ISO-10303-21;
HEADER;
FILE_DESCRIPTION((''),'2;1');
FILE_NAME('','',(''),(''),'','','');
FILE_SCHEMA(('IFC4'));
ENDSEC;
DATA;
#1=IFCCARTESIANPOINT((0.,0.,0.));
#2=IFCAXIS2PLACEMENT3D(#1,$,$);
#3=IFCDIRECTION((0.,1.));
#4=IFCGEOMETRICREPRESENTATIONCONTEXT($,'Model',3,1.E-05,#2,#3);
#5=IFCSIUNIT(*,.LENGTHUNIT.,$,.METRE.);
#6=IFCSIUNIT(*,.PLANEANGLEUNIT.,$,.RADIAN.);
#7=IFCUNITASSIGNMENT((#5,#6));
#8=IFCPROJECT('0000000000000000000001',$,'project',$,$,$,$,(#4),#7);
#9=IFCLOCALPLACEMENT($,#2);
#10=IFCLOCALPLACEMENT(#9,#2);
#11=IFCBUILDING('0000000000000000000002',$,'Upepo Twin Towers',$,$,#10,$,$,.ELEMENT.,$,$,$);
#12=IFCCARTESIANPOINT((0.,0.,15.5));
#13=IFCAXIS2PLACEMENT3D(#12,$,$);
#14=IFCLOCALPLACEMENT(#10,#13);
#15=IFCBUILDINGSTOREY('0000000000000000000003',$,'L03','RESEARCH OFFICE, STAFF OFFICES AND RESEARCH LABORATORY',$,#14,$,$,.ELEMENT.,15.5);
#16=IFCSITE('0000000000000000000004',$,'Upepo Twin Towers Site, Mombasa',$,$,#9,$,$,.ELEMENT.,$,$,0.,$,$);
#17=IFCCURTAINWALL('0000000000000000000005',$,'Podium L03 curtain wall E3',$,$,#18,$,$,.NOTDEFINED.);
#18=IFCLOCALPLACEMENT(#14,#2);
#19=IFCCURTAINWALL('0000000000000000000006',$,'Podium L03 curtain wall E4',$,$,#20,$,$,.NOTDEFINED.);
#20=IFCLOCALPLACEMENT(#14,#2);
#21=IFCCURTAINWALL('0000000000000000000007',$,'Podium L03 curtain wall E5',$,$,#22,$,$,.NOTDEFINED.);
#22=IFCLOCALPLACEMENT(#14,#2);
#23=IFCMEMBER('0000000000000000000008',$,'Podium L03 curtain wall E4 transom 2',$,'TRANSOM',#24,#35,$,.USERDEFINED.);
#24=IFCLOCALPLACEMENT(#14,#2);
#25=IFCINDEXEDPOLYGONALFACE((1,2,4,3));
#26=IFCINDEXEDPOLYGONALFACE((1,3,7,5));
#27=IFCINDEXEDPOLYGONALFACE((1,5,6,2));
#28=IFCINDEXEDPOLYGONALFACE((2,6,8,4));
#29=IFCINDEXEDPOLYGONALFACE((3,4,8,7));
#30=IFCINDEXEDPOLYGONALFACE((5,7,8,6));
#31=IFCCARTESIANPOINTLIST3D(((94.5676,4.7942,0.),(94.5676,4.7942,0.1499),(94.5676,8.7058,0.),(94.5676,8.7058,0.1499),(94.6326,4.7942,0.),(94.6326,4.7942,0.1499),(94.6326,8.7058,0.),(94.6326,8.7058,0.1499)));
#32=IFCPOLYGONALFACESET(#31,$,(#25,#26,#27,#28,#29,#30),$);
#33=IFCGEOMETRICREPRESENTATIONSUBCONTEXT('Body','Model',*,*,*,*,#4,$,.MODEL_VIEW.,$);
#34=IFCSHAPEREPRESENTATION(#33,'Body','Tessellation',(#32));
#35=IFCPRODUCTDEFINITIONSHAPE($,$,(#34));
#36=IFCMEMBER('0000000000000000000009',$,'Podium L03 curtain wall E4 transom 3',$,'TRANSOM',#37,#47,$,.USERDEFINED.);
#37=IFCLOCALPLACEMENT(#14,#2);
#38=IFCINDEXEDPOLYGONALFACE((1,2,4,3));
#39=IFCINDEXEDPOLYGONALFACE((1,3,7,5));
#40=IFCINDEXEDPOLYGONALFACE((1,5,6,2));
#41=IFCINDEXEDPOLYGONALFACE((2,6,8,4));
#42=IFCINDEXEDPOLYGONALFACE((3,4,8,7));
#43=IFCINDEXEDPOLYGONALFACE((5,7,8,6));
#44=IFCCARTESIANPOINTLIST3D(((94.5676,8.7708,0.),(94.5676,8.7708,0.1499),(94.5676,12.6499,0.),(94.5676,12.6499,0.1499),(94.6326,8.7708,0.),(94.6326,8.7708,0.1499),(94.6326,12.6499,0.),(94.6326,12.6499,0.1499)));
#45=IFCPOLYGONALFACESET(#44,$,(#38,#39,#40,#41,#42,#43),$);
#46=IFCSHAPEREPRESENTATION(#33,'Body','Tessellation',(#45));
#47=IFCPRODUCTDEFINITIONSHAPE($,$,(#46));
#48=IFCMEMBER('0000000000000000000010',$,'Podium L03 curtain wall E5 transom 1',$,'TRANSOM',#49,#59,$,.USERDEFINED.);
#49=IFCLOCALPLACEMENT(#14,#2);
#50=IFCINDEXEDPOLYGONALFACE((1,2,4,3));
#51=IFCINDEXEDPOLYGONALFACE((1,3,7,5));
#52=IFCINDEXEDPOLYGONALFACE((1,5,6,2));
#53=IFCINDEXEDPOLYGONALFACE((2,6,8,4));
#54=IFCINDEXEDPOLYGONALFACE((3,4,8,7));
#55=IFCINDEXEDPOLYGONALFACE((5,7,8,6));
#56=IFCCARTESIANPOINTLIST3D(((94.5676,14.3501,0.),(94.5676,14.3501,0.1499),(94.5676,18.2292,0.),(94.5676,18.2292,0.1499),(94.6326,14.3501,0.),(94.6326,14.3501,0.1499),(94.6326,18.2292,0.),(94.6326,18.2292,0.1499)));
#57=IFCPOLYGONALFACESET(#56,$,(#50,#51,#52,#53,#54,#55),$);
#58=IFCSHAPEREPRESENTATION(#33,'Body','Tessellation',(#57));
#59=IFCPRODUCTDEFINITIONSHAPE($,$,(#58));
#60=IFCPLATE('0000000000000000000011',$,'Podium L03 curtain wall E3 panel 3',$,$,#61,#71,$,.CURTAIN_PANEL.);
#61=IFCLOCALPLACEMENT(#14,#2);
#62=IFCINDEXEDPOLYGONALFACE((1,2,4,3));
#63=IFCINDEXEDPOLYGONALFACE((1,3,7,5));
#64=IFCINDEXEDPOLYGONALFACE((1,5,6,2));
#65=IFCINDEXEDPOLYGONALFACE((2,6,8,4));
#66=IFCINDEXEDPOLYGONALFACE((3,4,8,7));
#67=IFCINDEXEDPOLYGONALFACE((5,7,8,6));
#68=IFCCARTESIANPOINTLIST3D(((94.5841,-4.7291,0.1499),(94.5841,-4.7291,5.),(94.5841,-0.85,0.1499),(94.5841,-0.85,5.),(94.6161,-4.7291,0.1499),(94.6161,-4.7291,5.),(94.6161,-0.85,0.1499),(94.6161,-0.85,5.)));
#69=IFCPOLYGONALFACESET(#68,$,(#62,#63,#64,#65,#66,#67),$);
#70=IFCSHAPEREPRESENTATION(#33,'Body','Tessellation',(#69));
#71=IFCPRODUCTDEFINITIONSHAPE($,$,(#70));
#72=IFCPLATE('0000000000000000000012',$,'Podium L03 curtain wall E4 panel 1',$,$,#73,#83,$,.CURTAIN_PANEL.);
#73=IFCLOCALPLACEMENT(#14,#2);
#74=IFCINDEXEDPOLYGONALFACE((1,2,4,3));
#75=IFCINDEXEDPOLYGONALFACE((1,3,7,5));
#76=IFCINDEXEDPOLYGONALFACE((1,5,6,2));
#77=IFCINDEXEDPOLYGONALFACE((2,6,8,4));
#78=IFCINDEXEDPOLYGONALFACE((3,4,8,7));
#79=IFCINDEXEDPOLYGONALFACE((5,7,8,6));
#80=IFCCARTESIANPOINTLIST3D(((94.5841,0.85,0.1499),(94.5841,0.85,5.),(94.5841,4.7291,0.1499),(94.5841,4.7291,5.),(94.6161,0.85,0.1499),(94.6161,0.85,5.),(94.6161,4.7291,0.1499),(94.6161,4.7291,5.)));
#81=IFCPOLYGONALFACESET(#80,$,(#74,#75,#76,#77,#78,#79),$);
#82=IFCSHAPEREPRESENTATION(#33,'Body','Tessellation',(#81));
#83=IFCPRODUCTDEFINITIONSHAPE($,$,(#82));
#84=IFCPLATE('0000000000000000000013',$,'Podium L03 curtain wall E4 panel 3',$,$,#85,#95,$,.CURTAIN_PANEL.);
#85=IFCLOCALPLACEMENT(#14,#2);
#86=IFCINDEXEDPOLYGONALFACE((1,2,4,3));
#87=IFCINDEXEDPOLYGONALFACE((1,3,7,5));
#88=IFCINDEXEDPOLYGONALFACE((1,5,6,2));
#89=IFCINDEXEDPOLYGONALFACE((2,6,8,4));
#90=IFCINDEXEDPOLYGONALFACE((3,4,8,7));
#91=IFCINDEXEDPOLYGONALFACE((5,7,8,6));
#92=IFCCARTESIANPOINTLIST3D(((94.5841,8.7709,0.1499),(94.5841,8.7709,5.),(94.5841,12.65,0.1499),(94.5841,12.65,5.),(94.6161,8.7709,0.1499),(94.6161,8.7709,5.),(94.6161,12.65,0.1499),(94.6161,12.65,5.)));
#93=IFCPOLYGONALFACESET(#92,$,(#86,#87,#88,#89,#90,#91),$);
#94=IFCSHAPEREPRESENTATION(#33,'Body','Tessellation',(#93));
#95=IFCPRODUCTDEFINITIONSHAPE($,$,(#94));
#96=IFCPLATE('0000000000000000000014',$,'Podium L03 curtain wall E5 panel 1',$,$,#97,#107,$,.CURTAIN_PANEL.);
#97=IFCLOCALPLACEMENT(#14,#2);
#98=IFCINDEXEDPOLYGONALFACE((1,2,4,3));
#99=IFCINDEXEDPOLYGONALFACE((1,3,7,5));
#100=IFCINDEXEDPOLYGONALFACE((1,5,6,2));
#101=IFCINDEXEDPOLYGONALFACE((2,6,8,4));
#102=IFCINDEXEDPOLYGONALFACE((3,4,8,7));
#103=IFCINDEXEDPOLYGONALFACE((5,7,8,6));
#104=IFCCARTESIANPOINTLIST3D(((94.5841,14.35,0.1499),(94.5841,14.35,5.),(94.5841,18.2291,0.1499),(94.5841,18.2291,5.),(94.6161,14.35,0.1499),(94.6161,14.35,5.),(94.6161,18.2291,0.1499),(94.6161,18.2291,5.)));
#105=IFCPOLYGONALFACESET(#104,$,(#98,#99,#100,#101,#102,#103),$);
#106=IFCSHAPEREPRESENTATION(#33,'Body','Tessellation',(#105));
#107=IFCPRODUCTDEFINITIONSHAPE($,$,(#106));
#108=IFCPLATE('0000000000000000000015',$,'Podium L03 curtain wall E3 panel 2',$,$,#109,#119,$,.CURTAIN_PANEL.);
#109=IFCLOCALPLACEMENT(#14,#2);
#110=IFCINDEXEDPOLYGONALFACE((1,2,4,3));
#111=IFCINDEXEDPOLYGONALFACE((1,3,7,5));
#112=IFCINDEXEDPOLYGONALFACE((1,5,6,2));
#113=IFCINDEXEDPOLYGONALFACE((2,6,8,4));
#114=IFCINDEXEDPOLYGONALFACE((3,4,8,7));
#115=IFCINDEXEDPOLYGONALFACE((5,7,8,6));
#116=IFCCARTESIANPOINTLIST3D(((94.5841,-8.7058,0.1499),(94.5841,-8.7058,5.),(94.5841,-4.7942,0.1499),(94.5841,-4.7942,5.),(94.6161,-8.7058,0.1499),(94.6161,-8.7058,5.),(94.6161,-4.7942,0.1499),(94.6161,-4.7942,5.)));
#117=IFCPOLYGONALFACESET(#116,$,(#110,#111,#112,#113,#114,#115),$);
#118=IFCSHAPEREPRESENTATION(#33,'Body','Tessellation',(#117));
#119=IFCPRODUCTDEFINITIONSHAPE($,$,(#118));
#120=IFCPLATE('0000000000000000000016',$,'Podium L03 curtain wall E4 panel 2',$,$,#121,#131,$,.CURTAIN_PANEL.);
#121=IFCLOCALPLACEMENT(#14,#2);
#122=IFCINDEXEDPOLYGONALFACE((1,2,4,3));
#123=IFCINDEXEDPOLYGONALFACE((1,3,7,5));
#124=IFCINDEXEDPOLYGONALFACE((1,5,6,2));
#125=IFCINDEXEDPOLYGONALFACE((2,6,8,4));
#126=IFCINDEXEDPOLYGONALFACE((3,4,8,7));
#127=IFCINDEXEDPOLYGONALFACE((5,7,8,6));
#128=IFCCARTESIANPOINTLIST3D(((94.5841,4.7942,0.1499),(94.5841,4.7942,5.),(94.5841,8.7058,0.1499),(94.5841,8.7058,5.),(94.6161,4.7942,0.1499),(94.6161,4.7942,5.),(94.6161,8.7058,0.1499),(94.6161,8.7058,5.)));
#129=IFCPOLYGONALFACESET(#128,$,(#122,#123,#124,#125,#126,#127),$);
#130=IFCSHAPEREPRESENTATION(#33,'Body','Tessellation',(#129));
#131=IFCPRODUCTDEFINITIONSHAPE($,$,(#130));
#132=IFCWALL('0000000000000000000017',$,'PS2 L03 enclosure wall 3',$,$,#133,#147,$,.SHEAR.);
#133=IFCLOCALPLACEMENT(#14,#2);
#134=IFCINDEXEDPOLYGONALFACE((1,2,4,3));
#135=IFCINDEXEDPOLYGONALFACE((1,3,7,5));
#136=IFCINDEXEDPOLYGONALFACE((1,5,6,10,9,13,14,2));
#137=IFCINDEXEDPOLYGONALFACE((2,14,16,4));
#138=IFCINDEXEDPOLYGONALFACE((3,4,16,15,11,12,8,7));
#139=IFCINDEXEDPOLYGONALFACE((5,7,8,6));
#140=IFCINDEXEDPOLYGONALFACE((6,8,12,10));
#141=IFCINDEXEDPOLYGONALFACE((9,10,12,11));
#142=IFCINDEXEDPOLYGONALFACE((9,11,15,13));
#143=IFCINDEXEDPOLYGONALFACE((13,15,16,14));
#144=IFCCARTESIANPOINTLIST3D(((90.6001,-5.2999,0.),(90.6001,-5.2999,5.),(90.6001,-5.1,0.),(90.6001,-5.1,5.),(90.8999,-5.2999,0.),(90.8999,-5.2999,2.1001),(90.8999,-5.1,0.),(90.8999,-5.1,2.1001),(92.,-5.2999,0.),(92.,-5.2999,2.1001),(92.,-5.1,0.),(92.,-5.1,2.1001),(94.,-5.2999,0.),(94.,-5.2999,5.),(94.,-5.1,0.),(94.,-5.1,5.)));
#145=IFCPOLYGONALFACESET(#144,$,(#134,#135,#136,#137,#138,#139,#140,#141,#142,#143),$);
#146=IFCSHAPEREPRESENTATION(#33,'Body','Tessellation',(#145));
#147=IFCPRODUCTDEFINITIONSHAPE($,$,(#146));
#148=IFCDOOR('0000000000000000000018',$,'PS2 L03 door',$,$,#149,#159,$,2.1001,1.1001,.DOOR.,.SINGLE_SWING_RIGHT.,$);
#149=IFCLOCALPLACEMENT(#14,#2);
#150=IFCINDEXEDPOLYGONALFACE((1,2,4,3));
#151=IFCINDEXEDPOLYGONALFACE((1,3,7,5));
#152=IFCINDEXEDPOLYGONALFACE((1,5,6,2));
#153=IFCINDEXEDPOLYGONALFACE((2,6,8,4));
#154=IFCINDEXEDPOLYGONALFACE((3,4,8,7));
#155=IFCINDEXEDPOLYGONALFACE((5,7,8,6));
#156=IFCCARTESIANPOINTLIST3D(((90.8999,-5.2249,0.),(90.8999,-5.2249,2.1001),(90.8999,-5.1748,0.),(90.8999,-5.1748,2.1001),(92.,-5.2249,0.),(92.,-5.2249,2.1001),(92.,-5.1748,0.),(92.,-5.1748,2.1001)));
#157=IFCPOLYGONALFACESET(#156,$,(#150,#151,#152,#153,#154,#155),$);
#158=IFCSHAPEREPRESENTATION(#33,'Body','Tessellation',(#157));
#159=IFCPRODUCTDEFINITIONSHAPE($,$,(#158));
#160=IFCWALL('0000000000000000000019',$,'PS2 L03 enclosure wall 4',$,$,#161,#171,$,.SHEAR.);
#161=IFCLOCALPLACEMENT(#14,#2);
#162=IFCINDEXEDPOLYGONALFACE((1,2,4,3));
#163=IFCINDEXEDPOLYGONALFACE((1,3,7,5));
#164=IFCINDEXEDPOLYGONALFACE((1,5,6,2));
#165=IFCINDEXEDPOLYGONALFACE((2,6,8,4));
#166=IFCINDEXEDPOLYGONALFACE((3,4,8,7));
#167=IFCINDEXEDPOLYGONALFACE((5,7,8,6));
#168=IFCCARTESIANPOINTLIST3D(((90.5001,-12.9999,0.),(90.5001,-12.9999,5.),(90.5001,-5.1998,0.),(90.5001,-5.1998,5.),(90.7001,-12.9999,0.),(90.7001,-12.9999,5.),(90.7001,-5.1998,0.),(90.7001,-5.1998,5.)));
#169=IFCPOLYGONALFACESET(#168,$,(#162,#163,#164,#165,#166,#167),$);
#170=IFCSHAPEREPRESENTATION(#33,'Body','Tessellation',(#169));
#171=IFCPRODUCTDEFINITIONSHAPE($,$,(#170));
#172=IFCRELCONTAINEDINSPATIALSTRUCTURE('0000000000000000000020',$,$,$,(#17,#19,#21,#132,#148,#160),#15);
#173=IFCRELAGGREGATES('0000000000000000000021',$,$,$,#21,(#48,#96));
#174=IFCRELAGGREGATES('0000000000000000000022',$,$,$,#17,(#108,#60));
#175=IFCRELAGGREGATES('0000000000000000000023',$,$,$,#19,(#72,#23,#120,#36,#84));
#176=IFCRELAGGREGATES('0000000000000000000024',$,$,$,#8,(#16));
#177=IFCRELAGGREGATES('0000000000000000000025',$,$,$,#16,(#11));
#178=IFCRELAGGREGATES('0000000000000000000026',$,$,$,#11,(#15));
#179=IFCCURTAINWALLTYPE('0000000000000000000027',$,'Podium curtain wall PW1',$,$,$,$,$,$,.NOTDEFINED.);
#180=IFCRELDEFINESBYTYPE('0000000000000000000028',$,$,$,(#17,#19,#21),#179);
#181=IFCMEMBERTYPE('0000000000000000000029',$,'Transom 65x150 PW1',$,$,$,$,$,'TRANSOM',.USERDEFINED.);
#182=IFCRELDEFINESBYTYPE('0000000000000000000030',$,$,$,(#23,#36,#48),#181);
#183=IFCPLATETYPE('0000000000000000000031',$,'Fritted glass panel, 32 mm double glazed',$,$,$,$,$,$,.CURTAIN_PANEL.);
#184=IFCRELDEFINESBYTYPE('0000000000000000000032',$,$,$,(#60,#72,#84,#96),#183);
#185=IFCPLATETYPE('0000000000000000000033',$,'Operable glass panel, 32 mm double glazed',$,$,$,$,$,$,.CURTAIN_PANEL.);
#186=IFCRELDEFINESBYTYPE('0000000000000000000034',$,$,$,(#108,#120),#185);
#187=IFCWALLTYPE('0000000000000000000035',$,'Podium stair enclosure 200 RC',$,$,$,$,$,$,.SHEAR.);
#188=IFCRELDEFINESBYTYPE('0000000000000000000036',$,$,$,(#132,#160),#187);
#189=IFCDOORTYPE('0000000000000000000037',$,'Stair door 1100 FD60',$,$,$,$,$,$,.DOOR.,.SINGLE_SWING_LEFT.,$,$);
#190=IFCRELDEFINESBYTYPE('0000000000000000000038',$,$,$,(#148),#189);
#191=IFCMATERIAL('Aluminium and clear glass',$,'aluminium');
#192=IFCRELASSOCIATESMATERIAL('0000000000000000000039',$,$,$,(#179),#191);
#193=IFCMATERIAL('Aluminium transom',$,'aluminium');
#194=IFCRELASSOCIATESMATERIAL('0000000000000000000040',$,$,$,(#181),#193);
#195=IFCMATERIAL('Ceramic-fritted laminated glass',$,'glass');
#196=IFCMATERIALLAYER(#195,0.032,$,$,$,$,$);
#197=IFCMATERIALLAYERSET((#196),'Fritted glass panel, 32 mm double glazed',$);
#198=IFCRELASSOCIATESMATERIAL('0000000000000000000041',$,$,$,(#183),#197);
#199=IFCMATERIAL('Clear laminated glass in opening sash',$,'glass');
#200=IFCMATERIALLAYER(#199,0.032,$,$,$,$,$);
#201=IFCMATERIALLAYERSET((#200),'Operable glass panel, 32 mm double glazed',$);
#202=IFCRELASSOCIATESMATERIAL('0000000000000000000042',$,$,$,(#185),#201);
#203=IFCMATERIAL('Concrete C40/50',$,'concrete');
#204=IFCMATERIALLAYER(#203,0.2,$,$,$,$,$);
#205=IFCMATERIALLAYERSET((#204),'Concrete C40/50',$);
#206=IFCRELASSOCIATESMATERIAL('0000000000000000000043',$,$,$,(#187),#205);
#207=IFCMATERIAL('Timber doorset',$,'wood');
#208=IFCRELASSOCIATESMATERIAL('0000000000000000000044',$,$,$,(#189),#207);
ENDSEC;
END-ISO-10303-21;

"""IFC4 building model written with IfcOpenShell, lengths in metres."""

from ifc_helpers import new_model, si_unit, direction, frame, frame_2d, origin, origin_2d, place, context, subcontext, project, spatial, rectangle, extrude, material, layer, layer_set, material_profile, profile_set, type_object, element, fill, aggregate, save


model = new_model("IFC4")

# Units and contexts
model_context = context("Model", 3, precision=1e-05, world=origin(), true_north=direction((0.0, 1.0)))
body_context = subcontext(model_context, "Body", "Model", "MODEL_VIEW")
ifc_project = project(units=[si_unit("LENGTHUNIT", "METRE"), si_unit("PLANEANGLEUNIT", "RADIAN")], contexts=[model_context])

# Site, building, storey
site_placement = place(None, origin())
site = spatial("IfcSite", under=ifc_project, at=site_placement, Name="Upepo Twin Towers Site, Mombasa", CompositionType="ELEMENT", RefElevation=0.0)
building_placement = place(site_placement, origin())
building = spatial("IfcBuilding", under=site, at=building_placement, Name="Upepo Twin Towers", CompositionType="ELEMENT")
storey_placement = place(building_placement, frame((0.0, 0.0, 15.5)))
storey = spatial("IfcBuildingStorey", under=building, at=storey_placement, Name="L03", Description="RESEARCH OFFICE, STAFF OFFICES AND RESEARCH LABORATORY", CompositionType="ELEMENT", Elevation=15.5)

# Curtain walls
ifc_material_1 = material(Name="Aluminium and clear glass", Category="aluminium")
curtain_wall_type = type_object("IfcCurtainWallType", Name="Podium curtain wall PW1", PredefinedType="NOTDEFINED", material=ifc_material_1)
curtain_wall_1_placement = place(storey_placement, origin())
curtain_wall_1 = element("IfcCurtainWall", 1, at=curtain_wall_1_placement, inside=storey, type_object=curtain_wall_type, Name="Podium L03 curtain wall E3", PredefinedType="NOTDEFINED")
curtain_wall_2_placement = place(storey_placement, origin())
curtain_wall_2 = element("IfcCurtainWall", 2, at=curtain_wall_2_placement, inside=storey, type_object=curtain_wall_type, Name="Podium L03 curtain wall E4", PredefinedType="NOTDEFINED")
curtain_wall_3_placement = place(storey_placement, origin())
curtain_wall_3 = element("IfcCurtainWall", 3, at=curtain_wall_3_placement, inside=storey, type_object=curtain_wall_type, Name="Podium L03 curtain wall E5", PredefinedType="NOTDEFINED")

# Members
ifc_material_2 = material(Name="Aluminium transom", Category="aluminium")
ifc_material_profile_1 = material_profile(ifc_material_2, rectangle(XDim=0.0649, YDim=0.1499, at=origin_2d()), Name="TRANSOM 65x150 PODIUM")
ifc_profile_set_1 = profile_set([ifc_material_profile_1], Name="Aluminium transom")
member_type_1 = type_object("IfcMemberType", Name="Transom 65x150 PW1", ElementType="TRANSOM", PredefinedType="USERDEFINED", material=ifc_profile_set_1)
member_1_placement = place(storey_placement, frame((94.6001, 4.7942, 0.075), z_axis=(0.0, 1.0, 0.0), x_axis=(-1.0, 0.0, 0.0)))
member_1 = element("IfcMember", 4, at=member_1_placement, type_object=member_type_1, Name="Podium L03 curtain wall E4 transom 2", ObjectType="TRANSOM", PredefinedType="USERDEFINED", context=body_context, shape_type="SweptSolid", body=[
    extrude(rectangle(XDim=0.0649, YDim=0.1499, at=origin_2d()), origin(), (0.0, 0.0, 1.0), 3.9116),
])
member_2_placement = place(storey_placement, frame((94.6001, 8.7708, 0.075), z_axis=(0.0, 1.0, 0.0), x_axis=(-1.0, 0.0, 0.0)))
member_2 = element("IfcMember", 5, at=member_2_placement, type_object=member_type_1, Name="Podium L03 curtain wall E4 transom 3", ObjectType="TRANSOM", PredefinedType="USERDEFINED", context=body_context, shape_type="SweptSolid", body=[
    extrude(rectangle(XDim=0.0649, YDim=0.1499, at=origin_2d()), origin(), (0.0, 0.0, 1.0), 3.8792),
])
member_3_placement = place(storey_placement, frame((94.6001, 14.3501, 0.075), z_axis=(0.0, 1.0, 0.0), x_axis=(-1.0, 0.0, 0.0)))
member_3 = element("IfcMember", 6, at=member_3_placement, type_object=member_type_1, Name="Podium L03 curtain wall E5 transom 1", ObjectType="TRANSOM", PredefinedType="USERDEFINED", context=body_context, shape_type="SweptSolid", body=[
    extrude(rectangle(XDim=0.0649, YDim=0.1499, at=origin_2d()), origin(), (0.0, 0.0, 1.0), 3.8792),
])

# Plates
ifc_material_3 = material(Name="Ceramic-fritted laminated glass", Category="glass")
ifc_layer_1 = layer(ifc_material_3, 0.032)
ifc_layer_set_1 = layer_set([ifc_layer_1], Name="Fritted glass panel, 32 mm double glazed")
plate_type_1 = type_object("IfcPlateType", Name="Fritted glass panel, 32 mm double glazed", PredefinedType="CURTAIN_PANEL", material=ifc_layer_set_1)
plate_1_placement = place(storey_placement, frame((94.6001, -2.7896, 0.1499), z_axis=(0.0, 0.0, 1.0), x_axis=(0.0, 1.0, 0.0)))
plate_1 = element("IfcPlate", 7, at=plate_1_placement, type_object=plate_type_1, Name="Podium L03 curtain wall E3 panel 3", PredefinedType="CURTAIN_PANEL", context=body_context, shape_type="SweptSolid", body=[
    extrude(rectangle(XDim=3.8792, YDim=0.032, at=origin_2d()), origin(), (0.0, 0.0, 1.0), 4.8501),
])
plate_2_placement = place(storey_placement, frame((94.6001, 2.7896, 0.1499), z_axis=(0.0, 0.0, 1.0), x_axis=(0.0, 1.0, 0.0)))
plate_2 = element("IfcPlate", 8, at=plate_2_placement, type_object=plate_type_1, Name="Podium L03 curtain wall E4 panel 1", PredefinedType="CURTAIN_PANEL", context=body_context, shape_type="SweptSolid", body=[
    extrude(rectangle(XDim=3.8792, YDim=0.032, at=origin_2d()), origin(), (0.0, 0.0, 1.0), 4.8501),
])
plate_3_placement = place(storey_placement, frame((94.6001, 10.7104, 0.1499), z_axis=(0.0, 0.0, 1.0), x_axis=(0.0, 1.0, 0.0)))
plate_3 = element("IfcPlate", 9, at=plate_3_placement, type_object=plate_type_1, Name="Podium L03 curtain wall E4 panel 3", PredefinedType="CURTAIN_PANEL", context=body_context, shape_type="SweptSolid", body=[
    extrude(rectangle(XDim=3.8792, YDim=0.032, at=origin_2d()), origin(), (0.0, 0.0, 1.0), 4.8501),
])
plate_4_placement = place(storey_placement, frame((94.6001, 16.2896, 0.1499), z_axis=(0.0, 0.0, 1.0), x_axis=(0.0, 1.0, 0.0)))
plate_4 = element("IfcPlate", 10, at=plate_4_placement, type_object=plate_type_1, Name="Podium L03 curtain wall E5 panel 1", PredefinedType="CURTAIN_PANEL", context=body_context, shape_type="SweptSolid", body=[
    extrude(rectangle(XDim=3.8792, YDim=0.032, at=origin_2d()), origin(), (0.0, 0.0, 1.0), 4.8501),
])
aggregate(curtain_wall_3, [member_3, plate_4])
ifc_material_4 = material(Name="Clear laminated glass in opening sash", Category="glass")
ifc_layer_2 = layer(ifc_material_4, 0.032)
ifc_layer_set_2 = layer_set([ifc_layer_2], Name="Operable glass panel, 32 mm double glazed")
plate_type_2 = type_object("IfcPlateType", Name="Operable glass panel, 32 mm double glazed", PredefinedType="CURTAIN_PANEL", material=ifc_layer_set_2)
plate_5_placement = place(storey_placement, frame((94.6001, -6.75, 0.1499), z_axis=(0.0, 0.0, 1.0), x_axis=(0.0, 1.0, 0.0)))
plate_5 = element("IfcPlate", 11, at=plate_5_placement, type_object=plate_type_2, Name="Podium L03 curtain wall E3 panel 2", PredefinedType="CURTAIN_PANEL", context=body_context, shape_type="SweptSolid", body=[
    extrude(rectangle(XDim=3.9116, YDim=0.032, at=origin_2d()), origin(), (0.0, 0.0, 1.0), 4.8501),
])
aggregate(curtain_wall_1, [plate_5, plate_1])
plate_6_placement = place(storey_placement, frame((94.6001, 6.75, 0.1499), z_axis=(0.0, 0.0, 1.0), x_axis=(0.0, 1.0, 0.0)))
plate_6 = element("IfcPlate", 12, at=plate_6_placement, type_object=plate_type_2, Name="Podium L03 curtain wall E4 panel 2", PredefinedType="CURTAIN_PANEL", context=body_context, shape_type="SweptSolid", body=[
    extrude(rectangle(XDim=3.9116, YDim=0.032, at=origin_2d()), origin(), (0.0, 0.0, 1.0), 4.8501),
])
aggregate(curtain_wall_2, [plate_2, member_1, plate_6, member_2, plate_3])

# Wall, opening, door
ifc_material_5 = material(Name="Concrete C40/50", Category="concrete")
ifc_layer_3 = layer(ifc_material_5, 0.2)
ifc_layer_set_3 = layer_set([ifc_layer_3], Name="Concrete C40/50")
wall_type = type_object("IfcWallType", Name="Podium stair enclosure 200 RC", PredefinedType="SHEAR", material=ifc_layer_set_3)
wall_1_placement = place(storey_placement, frame((94.0, -5.2, 0.0), z_axis=(0.0, 0.0, 1.0), x_axis=(-1.0, 0.0, 0.0)))
wall_1 = element("IfcWall", 13, at=wall_1_placement, inside=storey, type_object=wall_type, Name="PS2 L03 enclosure wall 3", PredefinedType="SHEAR", context=body_context, shape_type="SweptSolid", body=[
    extrude(rectangle(XDim=3.3999, YDim=0.2, at=frame_2d((1.7, 0.0))), origin(), (0.0, 0.0, 1.0), 5.0),
])
opening_placement = place(wall_1_placement, frame((2.0, 0.0, 0.0)))
opening = element("IfcOpeningElement", 14, at=opening_placement, cuts=wall_1, PredefinedType="OPENING", context=body_context, shape_type="SweptSolid", body=[
    extrude(rectangle(XDim=1.1001, YDim=2.1001, at=frame_2d((0.55, 1.05))), frame((0.0, 0.1099, 0.0), z_axis=(0.0, -1.0, 0.0), x_axis=(1.0, 0.0, 0.0)), (0.0, 0.0, 1.0), 0.22),
])
ifc_material_6 = material(Name="Timber doorset", Category="wood")
door_type = type_object("IfcDoorType", Name="Stair door 1100 FD60", OperationType="SINGLE_SWING_LEFT", PredefinedType="DOOR", material=ifc_material_6)
door_placement = place(opening_placement, origin())
door = element("IfcDoor", 15, at=door_placement, inside=storey, type_object=door_type, Name="PS2 L03 door", OperationType="SINGLE_SWING_RIGHT", OverallHeight=2.1001, OverallWidth=1.1001, PredefinedType="DOOR", context=body_context, shape_type="SweptSolid", body=[
    extrude(rectangle(XDim=1.1001, YDim=2.1001, at=frame_2d((0.55, 1.05))), frame((0.0, 0.0249, 0.0), z_axis=(0.0, -1.0, 0.0), x_axis=(1.0, 0.0, 0.0)), (0.0, 0.0, 1.0), 0.05),
])
fill(opening, door)

# Wall
wall_2_placement = place(storey_placement, frame((90.6001, -5.2, 0.0), z_axis=(0.0, 0.0, 1.0), x_axis=(0.0, -1.0, 0.0)))
element("IfcWall", 16, at=wall_2_placement, inside=storey, type_object=wall_type, Name="PS2 L03 enclosure wall 4", PredefinedType="SHEAR", context=body_context, shape_type="SweptSolid", body=[
    extrude(rectangle(XDim=7.8, YDim=0.2, at=frame_2d((3.8999, 0.0))), origin(), (0.0, 0.0, 1.0), 5.0),
])

save(model, "model.ifc")
